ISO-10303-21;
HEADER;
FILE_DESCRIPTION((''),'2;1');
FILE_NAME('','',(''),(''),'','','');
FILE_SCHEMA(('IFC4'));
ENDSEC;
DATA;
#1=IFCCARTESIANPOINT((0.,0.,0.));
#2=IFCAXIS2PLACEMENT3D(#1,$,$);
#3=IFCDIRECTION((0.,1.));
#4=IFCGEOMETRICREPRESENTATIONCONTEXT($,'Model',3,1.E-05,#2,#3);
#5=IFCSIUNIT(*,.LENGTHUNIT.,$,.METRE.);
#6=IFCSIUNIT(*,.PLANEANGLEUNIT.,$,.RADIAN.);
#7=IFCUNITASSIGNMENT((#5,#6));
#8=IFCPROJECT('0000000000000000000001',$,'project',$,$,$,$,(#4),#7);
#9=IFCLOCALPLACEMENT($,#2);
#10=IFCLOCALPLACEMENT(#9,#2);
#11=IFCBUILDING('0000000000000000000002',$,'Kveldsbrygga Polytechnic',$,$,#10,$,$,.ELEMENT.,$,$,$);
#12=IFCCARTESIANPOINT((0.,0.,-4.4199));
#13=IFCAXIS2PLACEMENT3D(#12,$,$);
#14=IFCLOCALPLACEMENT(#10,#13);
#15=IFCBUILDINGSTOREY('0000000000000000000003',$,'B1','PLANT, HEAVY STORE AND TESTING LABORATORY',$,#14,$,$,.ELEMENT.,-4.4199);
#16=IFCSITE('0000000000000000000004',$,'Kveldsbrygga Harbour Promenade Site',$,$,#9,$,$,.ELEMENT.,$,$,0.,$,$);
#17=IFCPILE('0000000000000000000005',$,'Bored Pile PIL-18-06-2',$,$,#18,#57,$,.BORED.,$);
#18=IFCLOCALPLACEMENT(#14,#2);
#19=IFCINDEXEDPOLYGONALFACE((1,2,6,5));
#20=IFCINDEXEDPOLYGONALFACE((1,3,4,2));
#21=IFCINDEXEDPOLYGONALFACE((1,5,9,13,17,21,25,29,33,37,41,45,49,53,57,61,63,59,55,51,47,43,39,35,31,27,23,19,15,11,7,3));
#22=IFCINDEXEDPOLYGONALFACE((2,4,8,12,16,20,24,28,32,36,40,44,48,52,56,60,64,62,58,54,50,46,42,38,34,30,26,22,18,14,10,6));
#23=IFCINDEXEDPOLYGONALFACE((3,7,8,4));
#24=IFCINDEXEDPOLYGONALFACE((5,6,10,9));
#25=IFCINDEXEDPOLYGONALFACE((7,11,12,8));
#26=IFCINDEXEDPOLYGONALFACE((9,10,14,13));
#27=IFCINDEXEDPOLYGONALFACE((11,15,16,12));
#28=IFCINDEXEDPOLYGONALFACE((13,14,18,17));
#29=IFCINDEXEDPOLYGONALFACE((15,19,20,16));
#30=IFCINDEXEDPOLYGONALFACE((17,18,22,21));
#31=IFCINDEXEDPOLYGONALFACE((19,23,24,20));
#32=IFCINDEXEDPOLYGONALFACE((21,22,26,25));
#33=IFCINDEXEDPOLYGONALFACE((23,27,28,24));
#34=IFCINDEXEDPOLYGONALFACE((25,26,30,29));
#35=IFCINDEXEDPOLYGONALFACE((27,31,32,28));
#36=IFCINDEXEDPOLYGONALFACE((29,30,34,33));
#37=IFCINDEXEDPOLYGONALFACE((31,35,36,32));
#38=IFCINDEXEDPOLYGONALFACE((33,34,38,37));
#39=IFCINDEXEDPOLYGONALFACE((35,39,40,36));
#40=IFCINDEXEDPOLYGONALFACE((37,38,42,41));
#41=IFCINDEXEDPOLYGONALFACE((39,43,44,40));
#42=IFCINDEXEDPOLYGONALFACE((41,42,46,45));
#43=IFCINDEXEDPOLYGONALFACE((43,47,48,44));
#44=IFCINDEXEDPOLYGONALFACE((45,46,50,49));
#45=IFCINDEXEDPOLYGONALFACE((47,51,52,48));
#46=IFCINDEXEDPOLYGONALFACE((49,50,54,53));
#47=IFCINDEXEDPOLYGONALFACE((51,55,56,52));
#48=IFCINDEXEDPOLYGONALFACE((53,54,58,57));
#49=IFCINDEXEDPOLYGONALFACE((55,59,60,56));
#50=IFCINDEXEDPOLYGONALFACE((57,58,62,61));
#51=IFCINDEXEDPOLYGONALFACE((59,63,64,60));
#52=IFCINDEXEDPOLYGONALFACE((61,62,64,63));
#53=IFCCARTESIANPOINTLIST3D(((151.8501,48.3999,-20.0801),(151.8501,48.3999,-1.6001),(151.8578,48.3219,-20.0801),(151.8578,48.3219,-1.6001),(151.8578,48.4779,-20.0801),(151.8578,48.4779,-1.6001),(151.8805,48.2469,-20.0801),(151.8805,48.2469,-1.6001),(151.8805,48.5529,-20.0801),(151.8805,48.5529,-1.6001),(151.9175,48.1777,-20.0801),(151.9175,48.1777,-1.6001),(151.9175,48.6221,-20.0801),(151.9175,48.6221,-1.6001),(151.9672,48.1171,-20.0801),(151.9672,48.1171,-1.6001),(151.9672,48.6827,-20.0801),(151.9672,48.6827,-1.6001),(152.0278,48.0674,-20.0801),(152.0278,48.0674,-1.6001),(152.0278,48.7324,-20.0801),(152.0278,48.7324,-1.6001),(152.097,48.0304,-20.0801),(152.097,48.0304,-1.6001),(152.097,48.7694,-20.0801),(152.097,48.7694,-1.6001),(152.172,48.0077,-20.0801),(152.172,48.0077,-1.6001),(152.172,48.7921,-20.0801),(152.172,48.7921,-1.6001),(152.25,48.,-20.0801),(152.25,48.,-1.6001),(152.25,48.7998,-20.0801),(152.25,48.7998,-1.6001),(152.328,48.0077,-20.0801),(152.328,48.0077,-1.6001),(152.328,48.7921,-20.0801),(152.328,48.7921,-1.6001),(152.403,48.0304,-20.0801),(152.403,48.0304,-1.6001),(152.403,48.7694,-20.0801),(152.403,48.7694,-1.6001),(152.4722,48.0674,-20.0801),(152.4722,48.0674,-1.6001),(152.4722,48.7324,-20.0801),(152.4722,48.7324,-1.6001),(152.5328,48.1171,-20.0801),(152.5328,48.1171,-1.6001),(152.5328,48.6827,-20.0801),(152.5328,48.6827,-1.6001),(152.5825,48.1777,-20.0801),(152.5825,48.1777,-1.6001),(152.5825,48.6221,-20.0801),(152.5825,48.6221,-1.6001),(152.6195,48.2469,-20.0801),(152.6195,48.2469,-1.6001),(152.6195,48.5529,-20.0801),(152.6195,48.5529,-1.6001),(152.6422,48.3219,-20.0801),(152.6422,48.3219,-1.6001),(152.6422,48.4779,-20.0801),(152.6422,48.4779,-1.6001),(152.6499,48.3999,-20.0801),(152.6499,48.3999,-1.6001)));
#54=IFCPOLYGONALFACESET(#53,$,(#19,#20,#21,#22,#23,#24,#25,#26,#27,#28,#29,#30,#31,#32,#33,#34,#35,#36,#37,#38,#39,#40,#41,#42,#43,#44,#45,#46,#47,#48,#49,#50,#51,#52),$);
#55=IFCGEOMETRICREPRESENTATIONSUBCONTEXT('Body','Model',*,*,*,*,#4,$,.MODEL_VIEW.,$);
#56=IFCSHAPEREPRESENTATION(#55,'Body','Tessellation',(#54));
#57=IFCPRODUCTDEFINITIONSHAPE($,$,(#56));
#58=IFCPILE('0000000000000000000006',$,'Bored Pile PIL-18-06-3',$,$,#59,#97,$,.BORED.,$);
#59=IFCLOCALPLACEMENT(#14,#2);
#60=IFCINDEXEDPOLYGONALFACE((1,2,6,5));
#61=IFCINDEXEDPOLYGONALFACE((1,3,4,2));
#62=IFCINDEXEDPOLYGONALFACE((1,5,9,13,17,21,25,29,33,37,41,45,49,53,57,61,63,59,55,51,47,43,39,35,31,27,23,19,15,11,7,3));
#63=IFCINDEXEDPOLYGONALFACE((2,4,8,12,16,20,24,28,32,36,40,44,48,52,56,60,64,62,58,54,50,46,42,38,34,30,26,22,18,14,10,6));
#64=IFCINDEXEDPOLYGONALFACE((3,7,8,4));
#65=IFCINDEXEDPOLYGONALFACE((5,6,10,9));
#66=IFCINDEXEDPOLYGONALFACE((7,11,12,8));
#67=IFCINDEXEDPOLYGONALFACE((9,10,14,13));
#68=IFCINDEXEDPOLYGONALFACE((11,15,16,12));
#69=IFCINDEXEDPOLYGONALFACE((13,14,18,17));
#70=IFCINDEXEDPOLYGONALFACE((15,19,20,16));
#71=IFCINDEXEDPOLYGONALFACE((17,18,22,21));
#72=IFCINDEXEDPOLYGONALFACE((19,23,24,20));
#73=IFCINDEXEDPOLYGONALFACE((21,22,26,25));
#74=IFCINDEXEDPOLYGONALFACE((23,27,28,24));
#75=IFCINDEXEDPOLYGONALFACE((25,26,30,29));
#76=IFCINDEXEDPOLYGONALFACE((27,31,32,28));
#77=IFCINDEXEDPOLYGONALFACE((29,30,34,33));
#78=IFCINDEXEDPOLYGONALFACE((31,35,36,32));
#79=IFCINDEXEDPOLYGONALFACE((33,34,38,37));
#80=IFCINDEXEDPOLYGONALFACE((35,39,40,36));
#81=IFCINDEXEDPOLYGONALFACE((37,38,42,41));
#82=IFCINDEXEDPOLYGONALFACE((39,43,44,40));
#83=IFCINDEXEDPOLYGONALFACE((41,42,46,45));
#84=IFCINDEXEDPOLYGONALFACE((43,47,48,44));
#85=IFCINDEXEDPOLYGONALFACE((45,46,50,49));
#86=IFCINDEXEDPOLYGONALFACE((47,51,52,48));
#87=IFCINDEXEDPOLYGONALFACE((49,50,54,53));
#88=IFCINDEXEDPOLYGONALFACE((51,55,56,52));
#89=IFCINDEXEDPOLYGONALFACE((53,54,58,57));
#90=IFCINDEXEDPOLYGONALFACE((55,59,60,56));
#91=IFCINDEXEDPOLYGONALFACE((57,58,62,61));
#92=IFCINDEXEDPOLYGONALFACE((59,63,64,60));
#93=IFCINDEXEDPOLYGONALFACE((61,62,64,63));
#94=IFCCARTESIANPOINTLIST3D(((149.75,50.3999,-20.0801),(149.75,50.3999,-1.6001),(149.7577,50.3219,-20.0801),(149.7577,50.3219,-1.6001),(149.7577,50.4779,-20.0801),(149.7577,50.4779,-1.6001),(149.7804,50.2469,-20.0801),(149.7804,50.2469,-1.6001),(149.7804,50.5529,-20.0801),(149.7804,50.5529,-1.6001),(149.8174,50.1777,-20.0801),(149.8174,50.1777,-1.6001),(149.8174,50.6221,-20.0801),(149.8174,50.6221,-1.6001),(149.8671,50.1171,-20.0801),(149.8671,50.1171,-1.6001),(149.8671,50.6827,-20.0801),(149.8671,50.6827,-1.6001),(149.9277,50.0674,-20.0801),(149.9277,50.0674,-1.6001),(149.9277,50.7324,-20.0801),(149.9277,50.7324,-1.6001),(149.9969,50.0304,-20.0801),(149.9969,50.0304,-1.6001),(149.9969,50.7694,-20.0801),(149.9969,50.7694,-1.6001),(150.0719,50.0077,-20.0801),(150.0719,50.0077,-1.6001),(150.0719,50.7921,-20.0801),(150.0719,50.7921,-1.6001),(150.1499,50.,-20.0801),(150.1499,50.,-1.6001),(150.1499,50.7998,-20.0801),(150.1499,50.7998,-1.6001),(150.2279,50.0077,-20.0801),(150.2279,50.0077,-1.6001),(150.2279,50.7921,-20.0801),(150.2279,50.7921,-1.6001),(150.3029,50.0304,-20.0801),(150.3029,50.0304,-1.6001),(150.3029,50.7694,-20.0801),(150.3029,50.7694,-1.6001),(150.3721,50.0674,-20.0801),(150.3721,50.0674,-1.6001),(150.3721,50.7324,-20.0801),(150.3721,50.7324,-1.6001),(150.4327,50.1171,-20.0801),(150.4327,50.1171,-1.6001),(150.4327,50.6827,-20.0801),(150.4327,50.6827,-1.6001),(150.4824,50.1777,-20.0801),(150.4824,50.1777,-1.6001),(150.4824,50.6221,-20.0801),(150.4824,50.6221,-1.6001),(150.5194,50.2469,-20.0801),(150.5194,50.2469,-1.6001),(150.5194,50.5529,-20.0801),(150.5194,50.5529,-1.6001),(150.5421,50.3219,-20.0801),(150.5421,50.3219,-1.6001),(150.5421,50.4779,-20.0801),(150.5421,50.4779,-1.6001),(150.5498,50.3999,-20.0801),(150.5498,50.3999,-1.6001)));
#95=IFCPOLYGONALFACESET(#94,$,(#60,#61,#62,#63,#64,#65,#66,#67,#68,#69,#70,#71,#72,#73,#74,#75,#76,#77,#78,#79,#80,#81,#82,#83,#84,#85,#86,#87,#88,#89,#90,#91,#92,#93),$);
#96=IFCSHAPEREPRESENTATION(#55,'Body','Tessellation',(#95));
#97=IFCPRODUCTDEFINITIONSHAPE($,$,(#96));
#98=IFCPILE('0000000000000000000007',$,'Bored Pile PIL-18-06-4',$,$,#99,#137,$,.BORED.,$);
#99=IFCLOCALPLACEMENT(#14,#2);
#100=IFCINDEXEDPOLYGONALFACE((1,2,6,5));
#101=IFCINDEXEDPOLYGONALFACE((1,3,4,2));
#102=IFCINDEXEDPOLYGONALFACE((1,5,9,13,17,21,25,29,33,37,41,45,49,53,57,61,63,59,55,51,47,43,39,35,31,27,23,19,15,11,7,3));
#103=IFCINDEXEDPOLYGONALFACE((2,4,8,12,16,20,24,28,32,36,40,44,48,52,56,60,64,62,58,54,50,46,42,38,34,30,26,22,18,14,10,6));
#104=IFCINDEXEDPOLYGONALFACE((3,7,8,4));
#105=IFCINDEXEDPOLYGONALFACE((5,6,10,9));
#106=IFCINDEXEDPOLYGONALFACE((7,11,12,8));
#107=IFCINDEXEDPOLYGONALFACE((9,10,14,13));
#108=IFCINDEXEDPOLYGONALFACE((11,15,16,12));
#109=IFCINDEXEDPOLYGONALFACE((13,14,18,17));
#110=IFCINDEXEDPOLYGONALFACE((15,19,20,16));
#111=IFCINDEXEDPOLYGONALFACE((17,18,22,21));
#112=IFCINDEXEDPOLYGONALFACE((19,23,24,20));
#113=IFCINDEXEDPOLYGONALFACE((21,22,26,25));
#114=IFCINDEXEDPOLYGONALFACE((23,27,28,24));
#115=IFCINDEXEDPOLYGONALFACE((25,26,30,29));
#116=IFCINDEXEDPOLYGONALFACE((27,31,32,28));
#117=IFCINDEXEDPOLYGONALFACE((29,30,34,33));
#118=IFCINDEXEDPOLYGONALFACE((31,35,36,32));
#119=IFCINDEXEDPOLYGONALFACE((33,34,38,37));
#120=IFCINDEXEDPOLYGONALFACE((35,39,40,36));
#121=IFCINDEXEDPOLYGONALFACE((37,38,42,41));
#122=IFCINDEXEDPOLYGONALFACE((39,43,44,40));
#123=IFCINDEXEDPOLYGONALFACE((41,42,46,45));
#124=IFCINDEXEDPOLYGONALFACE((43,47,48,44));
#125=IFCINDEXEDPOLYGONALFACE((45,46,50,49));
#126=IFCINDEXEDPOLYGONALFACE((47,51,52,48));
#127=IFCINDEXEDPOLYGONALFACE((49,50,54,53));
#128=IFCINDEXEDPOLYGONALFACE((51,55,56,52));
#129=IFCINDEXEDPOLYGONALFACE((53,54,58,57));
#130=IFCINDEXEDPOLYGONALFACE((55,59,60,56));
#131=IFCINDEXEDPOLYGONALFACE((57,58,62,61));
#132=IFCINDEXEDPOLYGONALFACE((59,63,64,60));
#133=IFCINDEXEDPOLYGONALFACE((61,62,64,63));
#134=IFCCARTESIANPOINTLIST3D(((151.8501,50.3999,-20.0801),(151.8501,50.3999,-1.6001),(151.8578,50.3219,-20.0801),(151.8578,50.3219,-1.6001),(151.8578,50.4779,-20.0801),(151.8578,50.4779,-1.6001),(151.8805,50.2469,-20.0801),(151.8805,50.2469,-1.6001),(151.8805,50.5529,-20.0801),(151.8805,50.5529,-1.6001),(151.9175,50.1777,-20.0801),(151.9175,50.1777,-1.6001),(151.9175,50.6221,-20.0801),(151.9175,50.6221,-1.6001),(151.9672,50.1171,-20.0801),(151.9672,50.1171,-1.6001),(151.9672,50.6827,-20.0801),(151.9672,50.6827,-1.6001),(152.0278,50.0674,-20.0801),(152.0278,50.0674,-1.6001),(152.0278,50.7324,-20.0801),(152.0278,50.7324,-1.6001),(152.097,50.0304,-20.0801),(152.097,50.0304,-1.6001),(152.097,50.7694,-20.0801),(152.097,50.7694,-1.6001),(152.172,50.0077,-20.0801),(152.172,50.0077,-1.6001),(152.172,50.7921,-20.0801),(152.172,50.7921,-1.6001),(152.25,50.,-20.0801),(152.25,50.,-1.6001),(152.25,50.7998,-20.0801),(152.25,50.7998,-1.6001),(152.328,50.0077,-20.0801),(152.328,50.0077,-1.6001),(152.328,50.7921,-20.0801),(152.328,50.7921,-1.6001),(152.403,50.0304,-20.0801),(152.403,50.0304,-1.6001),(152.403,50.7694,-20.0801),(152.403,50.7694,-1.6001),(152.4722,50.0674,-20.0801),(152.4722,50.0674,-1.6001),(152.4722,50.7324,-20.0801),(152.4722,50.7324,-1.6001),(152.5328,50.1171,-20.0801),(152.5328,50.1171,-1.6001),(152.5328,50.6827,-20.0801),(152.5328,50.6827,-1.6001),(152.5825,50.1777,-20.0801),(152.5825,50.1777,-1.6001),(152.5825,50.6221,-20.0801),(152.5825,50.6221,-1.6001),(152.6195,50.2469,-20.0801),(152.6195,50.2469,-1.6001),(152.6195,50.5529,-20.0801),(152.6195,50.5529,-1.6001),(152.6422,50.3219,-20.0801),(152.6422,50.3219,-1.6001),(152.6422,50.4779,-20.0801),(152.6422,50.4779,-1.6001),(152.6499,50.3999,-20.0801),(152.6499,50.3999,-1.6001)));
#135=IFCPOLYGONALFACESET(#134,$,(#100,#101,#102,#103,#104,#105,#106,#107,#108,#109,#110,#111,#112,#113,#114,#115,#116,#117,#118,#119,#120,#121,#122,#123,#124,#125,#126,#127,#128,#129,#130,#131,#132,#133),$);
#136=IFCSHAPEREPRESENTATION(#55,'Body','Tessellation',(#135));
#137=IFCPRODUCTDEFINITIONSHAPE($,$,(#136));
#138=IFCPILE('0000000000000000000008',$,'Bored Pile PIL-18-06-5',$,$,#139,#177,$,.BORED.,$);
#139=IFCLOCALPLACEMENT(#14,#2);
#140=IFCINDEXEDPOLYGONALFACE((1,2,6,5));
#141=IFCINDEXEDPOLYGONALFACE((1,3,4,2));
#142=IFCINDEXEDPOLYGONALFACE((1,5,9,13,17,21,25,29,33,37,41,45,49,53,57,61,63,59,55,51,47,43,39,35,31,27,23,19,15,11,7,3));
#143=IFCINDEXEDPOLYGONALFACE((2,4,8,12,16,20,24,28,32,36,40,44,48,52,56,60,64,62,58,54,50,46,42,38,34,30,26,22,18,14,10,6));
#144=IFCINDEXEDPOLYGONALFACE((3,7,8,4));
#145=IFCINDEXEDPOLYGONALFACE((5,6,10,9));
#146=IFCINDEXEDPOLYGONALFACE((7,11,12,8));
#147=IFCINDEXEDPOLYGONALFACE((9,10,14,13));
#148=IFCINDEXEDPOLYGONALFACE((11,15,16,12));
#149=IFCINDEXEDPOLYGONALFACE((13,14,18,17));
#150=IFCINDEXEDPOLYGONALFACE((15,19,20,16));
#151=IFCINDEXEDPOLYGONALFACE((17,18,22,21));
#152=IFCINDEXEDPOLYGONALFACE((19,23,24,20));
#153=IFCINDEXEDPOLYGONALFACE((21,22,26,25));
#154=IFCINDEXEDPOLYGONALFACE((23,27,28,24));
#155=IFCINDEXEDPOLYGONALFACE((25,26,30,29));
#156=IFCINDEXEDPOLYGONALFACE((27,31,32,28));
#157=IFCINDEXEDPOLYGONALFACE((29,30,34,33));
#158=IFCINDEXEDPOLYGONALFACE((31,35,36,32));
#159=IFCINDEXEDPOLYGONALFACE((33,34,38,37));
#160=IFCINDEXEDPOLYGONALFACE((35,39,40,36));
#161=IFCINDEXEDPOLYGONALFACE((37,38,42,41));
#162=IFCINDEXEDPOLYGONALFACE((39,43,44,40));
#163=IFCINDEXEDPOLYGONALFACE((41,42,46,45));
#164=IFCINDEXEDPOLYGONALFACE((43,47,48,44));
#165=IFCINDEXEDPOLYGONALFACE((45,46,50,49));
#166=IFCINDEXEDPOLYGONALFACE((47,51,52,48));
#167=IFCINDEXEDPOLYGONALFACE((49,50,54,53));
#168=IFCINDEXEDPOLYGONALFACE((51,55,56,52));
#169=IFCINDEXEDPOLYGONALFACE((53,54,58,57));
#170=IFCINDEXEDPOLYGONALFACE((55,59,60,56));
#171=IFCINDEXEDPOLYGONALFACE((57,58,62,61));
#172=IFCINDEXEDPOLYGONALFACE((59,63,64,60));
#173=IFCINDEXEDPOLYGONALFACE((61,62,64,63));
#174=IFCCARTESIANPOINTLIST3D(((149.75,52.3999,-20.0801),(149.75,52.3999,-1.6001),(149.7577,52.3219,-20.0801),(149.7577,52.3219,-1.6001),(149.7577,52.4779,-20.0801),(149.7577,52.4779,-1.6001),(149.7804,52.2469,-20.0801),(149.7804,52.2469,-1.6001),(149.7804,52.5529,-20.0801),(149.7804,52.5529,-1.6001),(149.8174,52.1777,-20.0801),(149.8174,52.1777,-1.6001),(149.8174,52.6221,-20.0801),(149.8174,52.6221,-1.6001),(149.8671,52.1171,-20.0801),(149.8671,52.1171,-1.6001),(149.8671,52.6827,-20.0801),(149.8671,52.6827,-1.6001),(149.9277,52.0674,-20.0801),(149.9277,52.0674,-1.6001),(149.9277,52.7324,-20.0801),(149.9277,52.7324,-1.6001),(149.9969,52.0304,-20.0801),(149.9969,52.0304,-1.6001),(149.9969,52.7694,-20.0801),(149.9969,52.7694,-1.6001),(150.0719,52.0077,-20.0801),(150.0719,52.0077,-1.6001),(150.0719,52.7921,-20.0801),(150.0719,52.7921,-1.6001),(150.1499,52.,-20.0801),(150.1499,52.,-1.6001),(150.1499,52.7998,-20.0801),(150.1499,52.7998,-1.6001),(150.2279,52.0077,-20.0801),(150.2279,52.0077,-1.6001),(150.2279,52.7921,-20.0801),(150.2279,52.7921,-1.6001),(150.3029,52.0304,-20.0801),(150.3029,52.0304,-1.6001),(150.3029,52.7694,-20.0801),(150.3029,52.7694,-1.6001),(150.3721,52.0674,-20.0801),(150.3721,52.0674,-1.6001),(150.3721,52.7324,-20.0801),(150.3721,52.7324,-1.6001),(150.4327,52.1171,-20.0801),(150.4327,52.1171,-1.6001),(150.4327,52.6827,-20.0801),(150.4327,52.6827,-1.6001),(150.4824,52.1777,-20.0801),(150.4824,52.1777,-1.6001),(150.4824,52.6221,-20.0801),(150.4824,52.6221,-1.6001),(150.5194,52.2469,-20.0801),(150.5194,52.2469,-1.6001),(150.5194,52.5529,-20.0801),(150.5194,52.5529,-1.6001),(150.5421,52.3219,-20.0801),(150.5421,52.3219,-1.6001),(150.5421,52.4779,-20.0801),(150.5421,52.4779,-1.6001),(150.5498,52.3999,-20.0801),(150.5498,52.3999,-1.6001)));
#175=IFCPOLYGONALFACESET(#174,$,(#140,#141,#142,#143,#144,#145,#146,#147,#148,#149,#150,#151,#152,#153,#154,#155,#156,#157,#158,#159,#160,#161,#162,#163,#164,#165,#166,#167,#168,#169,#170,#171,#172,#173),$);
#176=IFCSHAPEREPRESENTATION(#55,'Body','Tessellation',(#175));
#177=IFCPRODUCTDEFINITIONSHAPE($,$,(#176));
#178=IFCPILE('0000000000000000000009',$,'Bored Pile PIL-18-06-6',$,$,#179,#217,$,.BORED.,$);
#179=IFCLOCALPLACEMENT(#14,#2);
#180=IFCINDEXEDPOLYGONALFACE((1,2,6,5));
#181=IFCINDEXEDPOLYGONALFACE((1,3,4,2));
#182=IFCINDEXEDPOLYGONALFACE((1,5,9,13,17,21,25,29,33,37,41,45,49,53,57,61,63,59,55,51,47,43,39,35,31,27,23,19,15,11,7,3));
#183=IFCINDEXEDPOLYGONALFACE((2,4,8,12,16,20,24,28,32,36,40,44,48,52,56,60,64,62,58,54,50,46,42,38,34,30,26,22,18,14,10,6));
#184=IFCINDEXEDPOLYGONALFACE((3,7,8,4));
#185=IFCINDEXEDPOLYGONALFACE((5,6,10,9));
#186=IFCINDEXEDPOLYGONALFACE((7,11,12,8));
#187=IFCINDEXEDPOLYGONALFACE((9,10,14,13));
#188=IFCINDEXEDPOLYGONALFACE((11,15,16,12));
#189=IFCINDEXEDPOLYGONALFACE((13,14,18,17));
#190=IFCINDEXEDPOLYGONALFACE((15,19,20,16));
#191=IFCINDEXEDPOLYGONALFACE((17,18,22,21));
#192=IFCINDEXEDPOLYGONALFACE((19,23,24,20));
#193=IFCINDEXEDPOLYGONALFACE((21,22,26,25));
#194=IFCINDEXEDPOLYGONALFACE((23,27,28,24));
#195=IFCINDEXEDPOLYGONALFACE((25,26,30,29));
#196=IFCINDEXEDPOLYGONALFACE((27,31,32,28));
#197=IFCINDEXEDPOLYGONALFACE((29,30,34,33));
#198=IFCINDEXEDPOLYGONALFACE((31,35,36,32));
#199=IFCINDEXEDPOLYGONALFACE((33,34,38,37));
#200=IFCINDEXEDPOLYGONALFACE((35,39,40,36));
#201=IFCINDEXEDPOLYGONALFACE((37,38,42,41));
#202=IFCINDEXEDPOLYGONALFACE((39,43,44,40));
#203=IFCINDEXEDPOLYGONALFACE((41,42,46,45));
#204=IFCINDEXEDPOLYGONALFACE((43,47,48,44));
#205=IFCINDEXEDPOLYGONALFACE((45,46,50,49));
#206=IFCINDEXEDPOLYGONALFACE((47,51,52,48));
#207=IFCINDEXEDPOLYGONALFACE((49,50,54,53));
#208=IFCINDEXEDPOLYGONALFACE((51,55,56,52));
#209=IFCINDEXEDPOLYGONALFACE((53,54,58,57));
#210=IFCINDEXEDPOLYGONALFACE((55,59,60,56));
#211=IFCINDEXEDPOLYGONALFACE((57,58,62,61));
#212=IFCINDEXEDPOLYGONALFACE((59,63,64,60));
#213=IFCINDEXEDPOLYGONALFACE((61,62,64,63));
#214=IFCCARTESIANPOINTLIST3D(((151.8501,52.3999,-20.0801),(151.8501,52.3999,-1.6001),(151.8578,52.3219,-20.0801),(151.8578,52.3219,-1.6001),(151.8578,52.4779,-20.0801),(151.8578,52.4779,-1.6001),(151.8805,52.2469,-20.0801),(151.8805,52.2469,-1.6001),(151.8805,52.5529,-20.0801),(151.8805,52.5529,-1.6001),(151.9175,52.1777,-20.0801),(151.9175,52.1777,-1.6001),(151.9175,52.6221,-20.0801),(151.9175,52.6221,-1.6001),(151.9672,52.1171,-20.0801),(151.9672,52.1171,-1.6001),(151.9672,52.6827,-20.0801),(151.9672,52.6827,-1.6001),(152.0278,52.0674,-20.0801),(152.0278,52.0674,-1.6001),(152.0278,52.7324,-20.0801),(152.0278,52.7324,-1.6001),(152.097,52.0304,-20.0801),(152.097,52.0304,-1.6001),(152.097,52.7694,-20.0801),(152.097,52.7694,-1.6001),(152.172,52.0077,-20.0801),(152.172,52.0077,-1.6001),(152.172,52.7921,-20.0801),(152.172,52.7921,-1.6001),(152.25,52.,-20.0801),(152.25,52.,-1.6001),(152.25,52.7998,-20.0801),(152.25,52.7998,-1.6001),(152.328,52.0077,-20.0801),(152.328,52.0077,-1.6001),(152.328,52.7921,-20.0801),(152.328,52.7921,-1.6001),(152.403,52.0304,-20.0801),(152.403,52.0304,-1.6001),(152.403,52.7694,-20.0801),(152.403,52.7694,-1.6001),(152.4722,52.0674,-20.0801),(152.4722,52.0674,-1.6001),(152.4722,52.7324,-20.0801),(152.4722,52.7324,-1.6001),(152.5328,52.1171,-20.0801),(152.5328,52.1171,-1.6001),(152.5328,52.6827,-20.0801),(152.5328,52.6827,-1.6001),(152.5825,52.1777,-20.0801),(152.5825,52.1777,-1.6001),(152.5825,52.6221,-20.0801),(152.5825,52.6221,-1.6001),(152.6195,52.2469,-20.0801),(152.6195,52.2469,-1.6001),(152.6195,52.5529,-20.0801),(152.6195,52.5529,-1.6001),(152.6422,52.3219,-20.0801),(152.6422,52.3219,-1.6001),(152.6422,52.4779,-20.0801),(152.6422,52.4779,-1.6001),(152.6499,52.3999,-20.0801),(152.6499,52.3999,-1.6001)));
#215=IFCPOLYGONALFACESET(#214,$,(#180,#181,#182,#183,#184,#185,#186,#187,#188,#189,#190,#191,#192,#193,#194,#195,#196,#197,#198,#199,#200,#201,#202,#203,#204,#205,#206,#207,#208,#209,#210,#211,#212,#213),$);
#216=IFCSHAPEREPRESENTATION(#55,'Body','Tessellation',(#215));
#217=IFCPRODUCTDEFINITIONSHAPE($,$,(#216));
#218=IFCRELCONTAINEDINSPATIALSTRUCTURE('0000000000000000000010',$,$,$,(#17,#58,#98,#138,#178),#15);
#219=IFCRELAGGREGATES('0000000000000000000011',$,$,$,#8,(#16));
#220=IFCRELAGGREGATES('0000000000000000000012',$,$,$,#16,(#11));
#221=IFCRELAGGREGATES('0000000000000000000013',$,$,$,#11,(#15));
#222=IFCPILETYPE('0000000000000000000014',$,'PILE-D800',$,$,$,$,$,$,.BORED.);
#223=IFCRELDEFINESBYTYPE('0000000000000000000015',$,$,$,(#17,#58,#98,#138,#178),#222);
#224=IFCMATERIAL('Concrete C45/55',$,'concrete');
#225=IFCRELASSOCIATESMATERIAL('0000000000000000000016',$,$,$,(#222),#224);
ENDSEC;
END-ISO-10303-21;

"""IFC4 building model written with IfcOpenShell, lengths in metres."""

from ifc_helpers import new_model, si_unit, direction, frame, origin, origin_2d, place, context, subcontext, project, spatial, circle, extrude, material, material_profile, profile_set, type_object, element, save


model = new_model("IFC4")

# Units and contexts
model_context = context("Model", 3, precision=1e-05, world=origin(), true_north=direction((0.0, 1.0)))
body_context = subcontext(model_context, "Body", "Model", "MODEL_VIEW")
ifc_project = project(units=[si_unit("LENGTHUNIT", "METRE"), si_unit("PLANEANGLEUNIT", "RADIAN")], contexts=[model_context])

# Site, building, storey
site_placement = place(None, origin())
site = spatial("IfcSite", under=ifc_project, at=site_placement, Name="Kveldsbrygga Harbour Promenade Site", CompositionType="ELEMENT", RefElevation=0.0)
building_placement = place(site_placement, origin())
building = spatial("IfcBuilding", under=site, at=building_placement, Name="Kveldsbrygga Polytechnic", CompositionType="ELEMENT")
storey_placement = place(building_placement, frame((0.0, 0.0, -4.4199)))
storey = spatial("IfcBuildingStorey", under=building, at=storey_placement, Name="B1", Description="PLANT, HEAVY STORE AND TESTING LABORATORY", CompositionType="ELEMENT", Elevation=-4.4199)

# Shared definitions
ifc_material_1 = material(Name="Concrete C45/55", Category="concrete")

# Piles
ifc_material_profile_1 = material_profile(ifc_material_1, circle(Radius=0.3999, at=origin_2d()), Name="PILE D800")
ifc_profile_set_1 = profile_set([ifc_material_profile_1], Name="Concrete C45/55")
pile_type = type_object("IfcPileType", Name="PILE-D800", PredefinedType="BORED", material=ifc_profile_set_1)
for number, where, z_axis, x_axis, name in (
    (1, (152.25, 48.3999, -1.6001), (0.0, 0.0, -1.0), (1.0, 0.0, 0.0), "Bored Pile PIL-18-06-2"),
    (2, (150.1499, 50.3999, -1.6001), (0.0, 0.0, -1.0), (1.0, 0.0, 0.0), "Bored Pile PIL-18-06-3"),
    (3, (152.25, 50.3999, -1.6001), (0.0, 0.0, -1.0), (1.0, 0.0, 0.0), "Bored Pile PIL-18-06-4"),
    (4, (150.1499, 52.3999, -1.6001), (0.0, 0.0, -1.0), (1.0, 0.0, 0.0), "Bored Pile PIL-18-06-5"),
    (5, (152.25, 52.3999, -1.6001), (0.0, 0.0, -1.0), (1.0, 0.0, 0.0), "Bored Pile PIL-18-06-6"),
):
    element("IfcPile", number, at=place(storey_placement, frame(where, z_axis=z_axis, x_axis=x_axis)), inside=storey, type_object=pile_type, Name=name, PredefinedType="BORED", context=body_context, shape_type="SweptSolid", body=[
        extrude(circle(Radius=0.3999, at=origin_2d()), origin(), (0.0, 0.0, 1.0), 18.48),
    ])

save(model, "model.ifc")
